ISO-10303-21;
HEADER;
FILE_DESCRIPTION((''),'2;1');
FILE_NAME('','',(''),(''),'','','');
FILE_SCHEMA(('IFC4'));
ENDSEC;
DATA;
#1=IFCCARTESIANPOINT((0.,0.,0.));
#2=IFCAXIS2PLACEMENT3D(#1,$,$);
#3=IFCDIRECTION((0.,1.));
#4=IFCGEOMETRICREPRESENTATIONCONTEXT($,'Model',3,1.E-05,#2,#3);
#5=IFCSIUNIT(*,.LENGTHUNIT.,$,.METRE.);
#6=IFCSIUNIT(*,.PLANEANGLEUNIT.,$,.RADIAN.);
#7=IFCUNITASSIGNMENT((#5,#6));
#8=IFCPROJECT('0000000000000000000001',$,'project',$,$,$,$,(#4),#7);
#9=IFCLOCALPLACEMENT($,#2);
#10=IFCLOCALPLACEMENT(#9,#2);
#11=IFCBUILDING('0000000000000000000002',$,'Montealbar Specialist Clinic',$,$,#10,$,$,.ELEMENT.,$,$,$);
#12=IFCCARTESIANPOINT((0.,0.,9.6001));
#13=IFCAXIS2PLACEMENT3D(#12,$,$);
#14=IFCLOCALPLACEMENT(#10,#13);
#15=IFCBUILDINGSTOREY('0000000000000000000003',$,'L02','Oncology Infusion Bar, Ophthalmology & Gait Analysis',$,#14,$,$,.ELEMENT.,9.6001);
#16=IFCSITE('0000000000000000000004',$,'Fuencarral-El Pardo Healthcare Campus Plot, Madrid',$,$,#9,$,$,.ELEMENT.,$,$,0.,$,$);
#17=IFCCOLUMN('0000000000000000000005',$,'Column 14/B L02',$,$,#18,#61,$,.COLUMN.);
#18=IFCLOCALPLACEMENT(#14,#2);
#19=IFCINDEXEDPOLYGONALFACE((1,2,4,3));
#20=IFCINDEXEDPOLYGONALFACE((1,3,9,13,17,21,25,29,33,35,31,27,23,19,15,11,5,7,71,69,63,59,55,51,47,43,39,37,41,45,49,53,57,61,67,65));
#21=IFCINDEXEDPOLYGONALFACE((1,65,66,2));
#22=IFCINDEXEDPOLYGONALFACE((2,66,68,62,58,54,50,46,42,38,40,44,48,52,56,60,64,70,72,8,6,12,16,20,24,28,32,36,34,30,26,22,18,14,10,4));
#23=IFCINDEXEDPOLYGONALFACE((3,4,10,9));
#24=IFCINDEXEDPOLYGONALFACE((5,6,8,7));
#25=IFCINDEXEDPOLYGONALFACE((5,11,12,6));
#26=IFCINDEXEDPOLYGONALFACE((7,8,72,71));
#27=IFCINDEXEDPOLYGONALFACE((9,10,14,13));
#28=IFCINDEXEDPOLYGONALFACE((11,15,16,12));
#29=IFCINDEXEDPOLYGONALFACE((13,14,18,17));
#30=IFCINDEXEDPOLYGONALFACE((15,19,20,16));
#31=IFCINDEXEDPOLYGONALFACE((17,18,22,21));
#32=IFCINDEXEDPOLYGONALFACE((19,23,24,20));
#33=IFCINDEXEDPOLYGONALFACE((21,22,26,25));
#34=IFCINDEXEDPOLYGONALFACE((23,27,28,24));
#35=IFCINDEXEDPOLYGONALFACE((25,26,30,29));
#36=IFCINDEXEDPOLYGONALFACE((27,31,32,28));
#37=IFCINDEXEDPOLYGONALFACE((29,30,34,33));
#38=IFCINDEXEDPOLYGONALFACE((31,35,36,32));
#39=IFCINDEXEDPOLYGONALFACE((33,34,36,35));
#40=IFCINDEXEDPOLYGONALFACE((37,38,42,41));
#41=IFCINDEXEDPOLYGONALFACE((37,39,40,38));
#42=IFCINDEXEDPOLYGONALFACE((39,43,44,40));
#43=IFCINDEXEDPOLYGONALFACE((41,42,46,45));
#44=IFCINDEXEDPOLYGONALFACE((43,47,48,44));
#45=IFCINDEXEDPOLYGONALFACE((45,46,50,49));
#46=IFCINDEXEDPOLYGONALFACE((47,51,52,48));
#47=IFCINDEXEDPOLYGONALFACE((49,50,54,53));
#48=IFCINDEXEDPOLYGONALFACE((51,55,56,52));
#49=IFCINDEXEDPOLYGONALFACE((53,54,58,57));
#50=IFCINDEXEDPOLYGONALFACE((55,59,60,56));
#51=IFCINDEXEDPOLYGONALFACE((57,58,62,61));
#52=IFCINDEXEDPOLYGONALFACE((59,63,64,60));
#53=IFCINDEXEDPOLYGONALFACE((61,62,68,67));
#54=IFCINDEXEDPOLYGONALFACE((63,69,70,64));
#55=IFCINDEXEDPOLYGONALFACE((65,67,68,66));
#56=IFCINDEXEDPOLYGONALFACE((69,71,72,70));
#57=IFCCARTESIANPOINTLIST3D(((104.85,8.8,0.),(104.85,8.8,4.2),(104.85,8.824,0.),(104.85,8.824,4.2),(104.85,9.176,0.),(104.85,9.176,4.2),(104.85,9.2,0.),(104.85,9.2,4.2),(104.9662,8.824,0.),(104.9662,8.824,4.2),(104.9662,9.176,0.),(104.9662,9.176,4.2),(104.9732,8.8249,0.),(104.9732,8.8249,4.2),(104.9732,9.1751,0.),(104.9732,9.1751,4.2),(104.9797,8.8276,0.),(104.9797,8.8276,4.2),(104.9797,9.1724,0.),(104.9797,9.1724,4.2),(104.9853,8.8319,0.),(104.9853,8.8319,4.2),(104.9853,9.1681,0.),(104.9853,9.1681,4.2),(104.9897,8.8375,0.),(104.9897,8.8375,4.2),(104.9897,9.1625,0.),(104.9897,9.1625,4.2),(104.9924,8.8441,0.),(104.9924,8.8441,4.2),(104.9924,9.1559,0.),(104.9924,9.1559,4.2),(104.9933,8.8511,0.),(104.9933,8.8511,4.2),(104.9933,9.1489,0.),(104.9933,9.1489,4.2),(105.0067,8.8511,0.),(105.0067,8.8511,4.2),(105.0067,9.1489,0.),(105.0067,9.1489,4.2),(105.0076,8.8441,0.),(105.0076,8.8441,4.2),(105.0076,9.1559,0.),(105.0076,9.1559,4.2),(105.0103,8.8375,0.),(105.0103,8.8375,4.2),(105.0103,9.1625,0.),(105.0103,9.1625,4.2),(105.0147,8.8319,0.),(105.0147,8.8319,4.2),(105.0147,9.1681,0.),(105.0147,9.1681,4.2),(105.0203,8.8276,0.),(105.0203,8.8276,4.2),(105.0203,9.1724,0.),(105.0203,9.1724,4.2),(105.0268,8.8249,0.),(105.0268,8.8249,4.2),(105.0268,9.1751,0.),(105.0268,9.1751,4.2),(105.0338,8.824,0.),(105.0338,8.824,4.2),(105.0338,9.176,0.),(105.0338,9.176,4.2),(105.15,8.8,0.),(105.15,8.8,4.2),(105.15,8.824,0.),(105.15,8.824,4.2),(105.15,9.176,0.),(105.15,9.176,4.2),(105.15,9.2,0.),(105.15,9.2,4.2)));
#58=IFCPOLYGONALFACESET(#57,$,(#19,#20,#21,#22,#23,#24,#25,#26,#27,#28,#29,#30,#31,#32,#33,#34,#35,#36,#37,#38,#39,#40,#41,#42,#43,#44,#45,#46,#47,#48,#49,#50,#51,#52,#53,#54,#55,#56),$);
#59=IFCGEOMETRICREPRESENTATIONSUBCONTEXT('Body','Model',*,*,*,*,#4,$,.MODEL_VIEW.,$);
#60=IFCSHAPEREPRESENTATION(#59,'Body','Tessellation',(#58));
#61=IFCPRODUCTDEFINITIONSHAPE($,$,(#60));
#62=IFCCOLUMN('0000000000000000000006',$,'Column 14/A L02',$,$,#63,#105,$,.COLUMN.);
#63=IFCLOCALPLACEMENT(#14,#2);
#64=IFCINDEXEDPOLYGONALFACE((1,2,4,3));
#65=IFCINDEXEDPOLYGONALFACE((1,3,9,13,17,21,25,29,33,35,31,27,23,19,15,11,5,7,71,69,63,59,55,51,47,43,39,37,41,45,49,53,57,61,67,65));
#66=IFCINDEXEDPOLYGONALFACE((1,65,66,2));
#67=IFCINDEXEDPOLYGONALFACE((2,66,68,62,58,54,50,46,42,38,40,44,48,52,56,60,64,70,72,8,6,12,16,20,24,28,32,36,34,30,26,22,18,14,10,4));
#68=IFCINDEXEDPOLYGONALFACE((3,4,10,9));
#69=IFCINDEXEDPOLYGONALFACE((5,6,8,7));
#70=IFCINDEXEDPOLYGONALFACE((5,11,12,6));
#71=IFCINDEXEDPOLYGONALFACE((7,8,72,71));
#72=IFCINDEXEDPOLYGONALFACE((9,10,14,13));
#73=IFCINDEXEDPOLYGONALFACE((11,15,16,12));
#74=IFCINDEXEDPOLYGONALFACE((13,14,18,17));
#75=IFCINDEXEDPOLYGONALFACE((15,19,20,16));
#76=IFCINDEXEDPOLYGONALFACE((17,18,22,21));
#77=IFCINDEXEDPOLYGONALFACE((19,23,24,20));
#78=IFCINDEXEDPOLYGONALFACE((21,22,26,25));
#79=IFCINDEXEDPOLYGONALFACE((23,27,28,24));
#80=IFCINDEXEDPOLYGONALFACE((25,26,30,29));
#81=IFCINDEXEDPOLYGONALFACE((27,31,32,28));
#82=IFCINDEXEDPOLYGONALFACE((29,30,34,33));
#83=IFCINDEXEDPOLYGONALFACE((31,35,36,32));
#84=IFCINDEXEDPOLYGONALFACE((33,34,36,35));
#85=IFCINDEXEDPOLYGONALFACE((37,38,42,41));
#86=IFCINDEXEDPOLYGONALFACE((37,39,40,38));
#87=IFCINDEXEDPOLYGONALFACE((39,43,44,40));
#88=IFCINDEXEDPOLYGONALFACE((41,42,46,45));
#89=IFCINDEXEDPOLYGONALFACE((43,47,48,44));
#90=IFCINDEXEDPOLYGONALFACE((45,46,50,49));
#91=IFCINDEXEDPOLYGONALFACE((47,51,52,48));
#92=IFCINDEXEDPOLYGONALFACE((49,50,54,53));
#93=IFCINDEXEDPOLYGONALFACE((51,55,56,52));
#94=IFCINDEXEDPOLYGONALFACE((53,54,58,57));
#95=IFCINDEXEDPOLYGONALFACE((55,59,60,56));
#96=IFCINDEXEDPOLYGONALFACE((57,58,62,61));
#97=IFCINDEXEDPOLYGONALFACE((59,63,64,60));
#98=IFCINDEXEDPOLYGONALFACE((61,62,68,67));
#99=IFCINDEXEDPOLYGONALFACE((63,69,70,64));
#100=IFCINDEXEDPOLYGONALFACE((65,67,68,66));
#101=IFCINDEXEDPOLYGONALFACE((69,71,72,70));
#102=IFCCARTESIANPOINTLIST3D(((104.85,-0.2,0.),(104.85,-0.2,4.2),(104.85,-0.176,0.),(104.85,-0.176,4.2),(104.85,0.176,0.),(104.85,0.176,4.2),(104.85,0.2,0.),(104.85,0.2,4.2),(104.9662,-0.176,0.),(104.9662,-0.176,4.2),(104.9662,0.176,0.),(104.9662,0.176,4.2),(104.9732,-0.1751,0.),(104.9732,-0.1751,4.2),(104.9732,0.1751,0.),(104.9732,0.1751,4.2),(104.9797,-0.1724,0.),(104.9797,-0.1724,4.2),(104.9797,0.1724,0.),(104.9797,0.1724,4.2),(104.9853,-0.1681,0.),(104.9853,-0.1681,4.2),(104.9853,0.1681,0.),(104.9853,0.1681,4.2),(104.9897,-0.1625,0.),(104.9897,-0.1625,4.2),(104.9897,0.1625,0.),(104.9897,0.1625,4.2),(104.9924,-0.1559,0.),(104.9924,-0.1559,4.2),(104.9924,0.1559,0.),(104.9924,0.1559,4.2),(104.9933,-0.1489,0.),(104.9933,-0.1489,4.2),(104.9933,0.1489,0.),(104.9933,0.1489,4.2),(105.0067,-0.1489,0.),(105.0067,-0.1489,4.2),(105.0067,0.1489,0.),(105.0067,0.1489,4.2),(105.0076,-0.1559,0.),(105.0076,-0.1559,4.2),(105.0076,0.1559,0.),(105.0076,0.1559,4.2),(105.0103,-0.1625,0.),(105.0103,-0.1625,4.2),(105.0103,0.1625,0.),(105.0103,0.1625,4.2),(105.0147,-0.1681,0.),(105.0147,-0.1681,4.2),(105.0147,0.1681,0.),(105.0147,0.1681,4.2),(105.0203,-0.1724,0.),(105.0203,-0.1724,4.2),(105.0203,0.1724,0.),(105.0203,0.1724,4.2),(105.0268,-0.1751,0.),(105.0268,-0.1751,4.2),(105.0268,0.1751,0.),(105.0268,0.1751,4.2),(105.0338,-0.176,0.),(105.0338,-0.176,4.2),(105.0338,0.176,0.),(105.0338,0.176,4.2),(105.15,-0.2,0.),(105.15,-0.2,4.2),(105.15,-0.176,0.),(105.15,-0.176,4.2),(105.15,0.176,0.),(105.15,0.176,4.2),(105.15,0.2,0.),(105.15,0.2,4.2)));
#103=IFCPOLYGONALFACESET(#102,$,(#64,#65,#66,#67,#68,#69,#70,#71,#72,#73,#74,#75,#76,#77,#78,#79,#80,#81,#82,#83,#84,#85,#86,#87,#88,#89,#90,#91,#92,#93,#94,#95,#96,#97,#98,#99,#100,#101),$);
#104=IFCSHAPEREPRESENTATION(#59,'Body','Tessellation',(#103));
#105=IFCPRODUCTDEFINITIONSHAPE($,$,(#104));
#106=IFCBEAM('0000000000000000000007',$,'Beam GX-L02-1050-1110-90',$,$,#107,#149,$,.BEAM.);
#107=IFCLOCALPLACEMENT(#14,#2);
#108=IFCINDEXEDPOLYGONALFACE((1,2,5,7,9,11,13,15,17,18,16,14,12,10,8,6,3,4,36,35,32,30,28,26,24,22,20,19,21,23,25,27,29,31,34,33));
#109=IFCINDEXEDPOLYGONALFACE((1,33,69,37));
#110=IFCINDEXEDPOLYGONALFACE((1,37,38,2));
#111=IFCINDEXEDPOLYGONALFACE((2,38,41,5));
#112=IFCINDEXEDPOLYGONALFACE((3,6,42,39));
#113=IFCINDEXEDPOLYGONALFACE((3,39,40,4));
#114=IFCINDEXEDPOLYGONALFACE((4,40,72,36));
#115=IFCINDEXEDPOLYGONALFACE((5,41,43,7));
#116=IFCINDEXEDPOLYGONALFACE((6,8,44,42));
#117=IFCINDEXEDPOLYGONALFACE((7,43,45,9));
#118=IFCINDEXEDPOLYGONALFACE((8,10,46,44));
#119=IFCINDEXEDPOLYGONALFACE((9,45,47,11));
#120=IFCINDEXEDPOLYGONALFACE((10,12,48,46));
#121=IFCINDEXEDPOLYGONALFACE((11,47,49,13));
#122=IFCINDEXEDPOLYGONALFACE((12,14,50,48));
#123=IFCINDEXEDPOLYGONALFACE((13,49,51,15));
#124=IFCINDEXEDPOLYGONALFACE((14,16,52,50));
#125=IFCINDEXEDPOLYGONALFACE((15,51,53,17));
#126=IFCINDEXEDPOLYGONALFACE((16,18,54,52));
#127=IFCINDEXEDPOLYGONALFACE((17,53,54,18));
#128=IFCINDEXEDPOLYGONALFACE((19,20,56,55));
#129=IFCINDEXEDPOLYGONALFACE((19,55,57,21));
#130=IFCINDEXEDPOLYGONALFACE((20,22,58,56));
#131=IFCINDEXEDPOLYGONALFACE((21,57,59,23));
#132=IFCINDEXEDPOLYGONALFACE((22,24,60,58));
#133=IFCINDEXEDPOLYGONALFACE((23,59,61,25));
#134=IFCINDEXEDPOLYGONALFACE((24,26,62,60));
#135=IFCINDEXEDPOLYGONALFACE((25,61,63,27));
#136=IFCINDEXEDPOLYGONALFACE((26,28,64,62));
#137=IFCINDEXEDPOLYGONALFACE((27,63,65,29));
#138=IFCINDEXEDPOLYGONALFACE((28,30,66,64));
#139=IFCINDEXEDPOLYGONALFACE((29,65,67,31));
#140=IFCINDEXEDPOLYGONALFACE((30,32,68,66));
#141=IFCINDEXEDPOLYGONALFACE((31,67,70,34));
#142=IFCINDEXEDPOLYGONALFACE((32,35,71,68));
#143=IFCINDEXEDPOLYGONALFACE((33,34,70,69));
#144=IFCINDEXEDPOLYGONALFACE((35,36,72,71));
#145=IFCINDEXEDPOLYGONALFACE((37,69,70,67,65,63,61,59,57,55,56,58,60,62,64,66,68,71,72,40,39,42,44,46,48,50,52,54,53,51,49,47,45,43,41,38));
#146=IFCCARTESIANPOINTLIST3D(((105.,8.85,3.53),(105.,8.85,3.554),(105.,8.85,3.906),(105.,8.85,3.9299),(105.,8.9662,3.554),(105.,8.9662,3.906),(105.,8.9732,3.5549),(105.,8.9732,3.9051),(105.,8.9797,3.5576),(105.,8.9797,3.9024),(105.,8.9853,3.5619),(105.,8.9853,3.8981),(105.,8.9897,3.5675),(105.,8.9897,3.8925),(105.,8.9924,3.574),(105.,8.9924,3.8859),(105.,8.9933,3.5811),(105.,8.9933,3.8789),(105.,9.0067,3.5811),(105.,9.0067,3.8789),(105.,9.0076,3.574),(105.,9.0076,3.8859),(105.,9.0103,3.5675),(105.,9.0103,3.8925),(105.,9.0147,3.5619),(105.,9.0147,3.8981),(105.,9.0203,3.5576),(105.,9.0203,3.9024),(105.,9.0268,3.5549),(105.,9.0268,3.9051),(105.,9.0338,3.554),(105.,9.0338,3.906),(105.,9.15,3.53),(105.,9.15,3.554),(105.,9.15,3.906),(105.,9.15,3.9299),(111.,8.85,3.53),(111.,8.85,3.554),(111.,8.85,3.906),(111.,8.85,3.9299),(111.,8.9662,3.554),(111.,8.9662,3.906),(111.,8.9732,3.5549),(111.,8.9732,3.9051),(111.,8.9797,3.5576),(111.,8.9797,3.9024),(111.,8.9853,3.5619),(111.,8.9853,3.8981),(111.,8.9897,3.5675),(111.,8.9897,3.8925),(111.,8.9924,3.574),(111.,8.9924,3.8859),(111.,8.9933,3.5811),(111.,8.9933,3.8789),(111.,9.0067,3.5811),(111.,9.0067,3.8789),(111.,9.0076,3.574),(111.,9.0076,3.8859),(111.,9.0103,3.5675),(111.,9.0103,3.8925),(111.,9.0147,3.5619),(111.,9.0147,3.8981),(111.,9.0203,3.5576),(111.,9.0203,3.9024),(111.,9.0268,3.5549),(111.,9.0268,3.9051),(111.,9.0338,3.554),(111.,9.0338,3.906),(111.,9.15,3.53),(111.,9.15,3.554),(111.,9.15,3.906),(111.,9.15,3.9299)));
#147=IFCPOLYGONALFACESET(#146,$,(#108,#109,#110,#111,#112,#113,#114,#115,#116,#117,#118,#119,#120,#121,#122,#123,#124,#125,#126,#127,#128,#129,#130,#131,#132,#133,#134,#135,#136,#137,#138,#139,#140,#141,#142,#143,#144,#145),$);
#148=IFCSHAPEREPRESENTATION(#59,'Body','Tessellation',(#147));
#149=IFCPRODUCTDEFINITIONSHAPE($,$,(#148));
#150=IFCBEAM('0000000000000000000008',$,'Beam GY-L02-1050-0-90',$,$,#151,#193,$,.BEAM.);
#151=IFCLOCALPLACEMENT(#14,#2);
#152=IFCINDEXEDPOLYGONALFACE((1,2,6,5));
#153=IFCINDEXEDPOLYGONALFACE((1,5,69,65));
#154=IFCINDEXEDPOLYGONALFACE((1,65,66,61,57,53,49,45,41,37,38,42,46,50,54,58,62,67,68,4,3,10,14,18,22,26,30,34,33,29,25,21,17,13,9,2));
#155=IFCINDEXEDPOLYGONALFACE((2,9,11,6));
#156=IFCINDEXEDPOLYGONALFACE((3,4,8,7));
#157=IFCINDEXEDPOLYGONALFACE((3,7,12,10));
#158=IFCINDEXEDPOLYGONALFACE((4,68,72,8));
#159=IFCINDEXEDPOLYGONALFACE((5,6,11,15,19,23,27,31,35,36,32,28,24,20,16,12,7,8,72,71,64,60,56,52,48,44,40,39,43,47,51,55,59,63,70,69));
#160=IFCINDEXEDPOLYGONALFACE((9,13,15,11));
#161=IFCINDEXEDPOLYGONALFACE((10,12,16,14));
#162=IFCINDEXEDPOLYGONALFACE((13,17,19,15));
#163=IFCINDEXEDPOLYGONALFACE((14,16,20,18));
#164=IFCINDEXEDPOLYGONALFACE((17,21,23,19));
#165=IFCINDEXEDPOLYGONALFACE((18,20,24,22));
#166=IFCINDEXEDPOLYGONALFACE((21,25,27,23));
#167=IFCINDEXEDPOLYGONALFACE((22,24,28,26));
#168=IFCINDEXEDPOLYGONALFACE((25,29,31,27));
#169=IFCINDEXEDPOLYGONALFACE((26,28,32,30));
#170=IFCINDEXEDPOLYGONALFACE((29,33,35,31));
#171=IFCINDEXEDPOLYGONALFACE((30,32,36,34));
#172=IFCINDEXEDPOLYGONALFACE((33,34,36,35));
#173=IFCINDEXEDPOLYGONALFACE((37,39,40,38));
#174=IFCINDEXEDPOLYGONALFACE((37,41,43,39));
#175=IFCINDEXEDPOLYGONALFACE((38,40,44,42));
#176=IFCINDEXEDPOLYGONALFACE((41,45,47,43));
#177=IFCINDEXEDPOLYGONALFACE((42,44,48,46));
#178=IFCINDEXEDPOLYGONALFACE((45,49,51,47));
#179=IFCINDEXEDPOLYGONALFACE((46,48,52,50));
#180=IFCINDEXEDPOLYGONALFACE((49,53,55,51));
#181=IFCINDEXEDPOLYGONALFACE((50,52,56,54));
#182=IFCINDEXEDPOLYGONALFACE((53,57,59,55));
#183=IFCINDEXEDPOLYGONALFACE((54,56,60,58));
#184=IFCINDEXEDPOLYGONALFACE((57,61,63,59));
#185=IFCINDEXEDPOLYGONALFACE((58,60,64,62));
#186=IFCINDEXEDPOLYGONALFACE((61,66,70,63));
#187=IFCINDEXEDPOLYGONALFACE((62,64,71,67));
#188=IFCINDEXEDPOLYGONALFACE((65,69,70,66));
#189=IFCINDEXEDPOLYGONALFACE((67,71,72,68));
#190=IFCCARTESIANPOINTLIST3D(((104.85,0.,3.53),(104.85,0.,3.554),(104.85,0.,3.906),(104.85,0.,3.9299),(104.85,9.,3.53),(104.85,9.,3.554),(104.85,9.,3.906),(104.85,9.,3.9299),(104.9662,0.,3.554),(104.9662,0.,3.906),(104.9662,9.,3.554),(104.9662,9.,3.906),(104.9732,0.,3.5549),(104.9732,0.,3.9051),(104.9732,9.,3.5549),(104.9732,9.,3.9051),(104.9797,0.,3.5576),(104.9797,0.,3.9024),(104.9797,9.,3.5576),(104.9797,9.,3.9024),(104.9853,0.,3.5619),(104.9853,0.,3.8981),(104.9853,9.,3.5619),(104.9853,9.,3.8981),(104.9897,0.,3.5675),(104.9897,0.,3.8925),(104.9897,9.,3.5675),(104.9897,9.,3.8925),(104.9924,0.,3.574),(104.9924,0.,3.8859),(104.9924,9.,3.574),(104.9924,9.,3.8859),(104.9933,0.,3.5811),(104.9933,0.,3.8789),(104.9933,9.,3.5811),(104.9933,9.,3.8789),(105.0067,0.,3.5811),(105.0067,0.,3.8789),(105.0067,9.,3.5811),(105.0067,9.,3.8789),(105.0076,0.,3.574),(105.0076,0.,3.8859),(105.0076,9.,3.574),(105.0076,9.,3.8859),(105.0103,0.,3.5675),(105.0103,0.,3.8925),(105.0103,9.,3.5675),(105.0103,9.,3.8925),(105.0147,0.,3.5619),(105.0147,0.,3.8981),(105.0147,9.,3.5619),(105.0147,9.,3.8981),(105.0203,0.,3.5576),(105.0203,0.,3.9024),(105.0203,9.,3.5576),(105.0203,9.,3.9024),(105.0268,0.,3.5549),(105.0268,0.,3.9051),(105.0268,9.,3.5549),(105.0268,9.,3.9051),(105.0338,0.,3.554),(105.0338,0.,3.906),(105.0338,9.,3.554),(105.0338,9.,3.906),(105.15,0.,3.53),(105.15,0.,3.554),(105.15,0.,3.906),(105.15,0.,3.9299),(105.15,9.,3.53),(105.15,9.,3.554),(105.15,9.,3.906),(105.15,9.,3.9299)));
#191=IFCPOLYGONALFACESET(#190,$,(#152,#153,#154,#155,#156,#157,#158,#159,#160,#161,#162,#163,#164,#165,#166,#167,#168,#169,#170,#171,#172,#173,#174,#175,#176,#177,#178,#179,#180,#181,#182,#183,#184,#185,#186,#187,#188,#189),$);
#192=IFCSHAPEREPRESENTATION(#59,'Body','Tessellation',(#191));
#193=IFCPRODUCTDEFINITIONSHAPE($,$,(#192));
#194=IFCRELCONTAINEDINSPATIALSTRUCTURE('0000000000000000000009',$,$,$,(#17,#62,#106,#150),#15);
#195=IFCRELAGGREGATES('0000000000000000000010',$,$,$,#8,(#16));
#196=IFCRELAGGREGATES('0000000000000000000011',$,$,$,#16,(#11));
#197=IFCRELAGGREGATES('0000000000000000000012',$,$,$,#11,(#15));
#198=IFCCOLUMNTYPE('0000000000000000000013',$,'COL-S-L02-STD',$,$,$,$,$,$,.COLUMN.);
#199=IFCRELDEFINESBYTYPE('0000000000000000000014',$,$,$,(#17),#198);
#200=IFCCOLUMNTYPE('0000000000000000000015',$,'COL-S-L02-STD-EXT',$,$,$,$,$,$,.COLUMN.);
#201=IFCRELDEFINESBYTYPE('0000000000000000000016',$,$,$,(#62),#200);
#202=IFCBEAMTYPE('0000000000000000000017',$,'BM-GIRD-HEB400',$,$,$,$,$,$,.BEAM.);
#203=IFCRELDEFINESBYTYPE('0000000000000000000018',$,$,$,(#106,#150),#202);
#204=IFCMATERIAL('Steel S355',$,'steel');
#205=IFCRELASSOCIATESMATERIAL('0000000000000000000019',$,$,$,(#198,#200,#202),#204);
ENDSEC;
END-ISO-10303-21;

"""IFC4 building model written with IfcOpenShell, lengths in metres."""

from ifc_helpers import new_model, si_unit, direction, frame, origin, origin_2d, place, context, subcontext, project, spatial, i_section, extrude, material, material_profile, profile_set, type_object, element, save


model = new_model("IFC4")

# Units and contexts
model_context = context("Model", 3, precision=1e-05, world=origin(), true_north=direction((0.0, 1.0)))
body_context = subcontext(model_context, "Body", "Model", "MODEL_VIEW")
ifc_project = project(units=[si_unit("LENGTHUNIT", "METRE"), si_unit("PLANEANGLEUNIT", "RADIAN")], contexts=[model_context])

# Site, building, storey
site_placement = place(None, origin())
site = spatial("IfcSite", under=ifc_project, at=site_placement, Name="Fuencarral-El Pardo Healthcare Campus Plot, Madrid", CompositionType="ELEMENT", RefElevation=0.0)
building_placement = place(site_placement, origin())
building = spatial("IfcBuilding", under=site, at=building_placement, Name="Montealbar Specialist Clinic", CompositionType="ELEMENT")
storey_placement = place(building_placement, frame((0.0, 0.0, 9.6001)))
storey = spatial("IfcBuildingStorey", under=building, at=storey_placement, Name="L02", Description="Oncology Infusion Bar, Ophthalmology & Gait Analysis", CompositionType="ELEMENT", Elevation=9.6001)

# Columns
ifc_material_1 = material(Name="Steel S355", Category="steel")
ifc_material_profile_1 = material_profile(ifc_material_1, i_section(OverallWidth=0.3, OverallDepth=0.3999, WebThickness=0.0134, FlangeThickness=0.0239, FilletRadius=0.0271, at=origin_2d()), Name="HEB 400", Category="steel")
ifc_profile_set_1 = profile_set([ifc_material_profile_1], Name="Steel S355")
column_type_1 = type_object("IfcColumnType", Name="COL-S-L02-STD", PredefinedType="COLUMN", material=ifc_profile_set_1)
column_1_placement = place(storey_placement, frame((105.0, 9.0, 0.0), z_axis=(0.0, 0.0, 1.0), x_axis=(1.0, 0.0, 0.0)))
element("IfcColumn", 1, at=column_1_placement, inside=storey, type_object=column_type_1, Name="Column 14/B L02", PredefinedType="COLUMN", context=body_context, shape_type="SweptSolid", body=[
    extrude(i_section(OverallWidth=0.3, OverallDepth=0.3999, WebThickness=0.0134, FlangeThickness=0.0239, FilletRadius=0.0271, at=origin_2d()), origin(), (0.0, 0.0, 1.0), 4.2),
])
ifc_material_profile_2 = material_profile(ifc_material_1, i_section(OverallWidth=0.3, OverallDepth=0.3999, WebThickness=0.0134, FlangeThickness=0.0239, FilletRadius=0.0271, at=origin_2d()), Name="HEB 400", Category="steel")
ifc_profile_set_2 = profile_set([ifc_material_profile_2], Name="Steel S355")
column_type_2 = type_object("IfcColumnType", Name="COL-S-L02-STD-EXT", PredefinedType="COLUMN", material=ifc_profile_set_2)
column_2_placement = place(storey_placement, frame((105.0, 0.0, 0.0), z_axis=(0.0, 0.0, 1.0), x_axis=(1.0, 0.0, 0.0)))
element("IfcColumn", 2, at=column_2_placement, inside=storey, type_object=column_type_2, Name="Column 14/A L02", PredefinedType="COLUMN", context=body_context, shape_type="SweptSolid", body=[
    extrude(i_section(OverallWidth=0.3, OverallDepth=0.3999, WebThickness=0.0134, FlangeThickness=0.0239, FilletRadius=0.0271, at=origin_2d()), origin(), (0.0, 0.0, 1.0), 4.2),
])

# Beams
ifc_material_profile_3 = material_profile(ifc_material_1, i_section(OverallWidth=0.3, OverallDepth=0.3999, WebThickness=0.0134, FlangeThickness=0.0239, FilletRadius=0.0271, at=origin_2d()), Name="HEB 400", Category="steel")
ifc_profile_set_3 = profile_set([ifc_material_profile_3], Name="Steel S355")
beam_type_1 = type_object("IfcBeamType", Name="BM-GIRD-HEB400", PredefinedType="BEAM", material=ifc_profile_set_3)
beam_1_placement = place(storey_placement, frame((105.0, 9.0, 3.73), z_axis=(1.0, 0.0, 0.0), x_axis=(0.0, 1.0, 0.0)))
element("IfcBeam", 3, at=beam_1_placement, inside=storey, type_object=beam_type_1, Name="Beam GX-L02-1050-1110-90", PredefinedType="BEAM", context=body_context, shape_type="SweptSolid", body=[
    extrude(i_section(OverallWidth=0.3, OverallDepth=0.3999, WebThickness=0.0134, FlangeThickness=0.0239, FilletRadius=0.0271, at=origin_2d()), origin(), (0.0, 0.0, 1.0), 6.0),
])
beam_2_placement = place(storey_placement, frame((105.0, 0.0, 3.73), z_axis=(0.0, 1.0, 0.0), x_axis=(-1.0, 0.0, 0.0)))
element("IfcBeam", 4, at=beam_2_placement, inside=storey, type_object=beam_type_1, Name="Beam GY-L02-1050-0-90", PredefinedType="BEAM", context=body_context, shape_type="SweptSolid", body=[
    extrude(i_section(OverallWidth=0.3, OverallDepth=0.3999, WebThickness=0.0134, FlangeThickness=0.0239, FilletRadius=0.0271, at=origin_2d()), origin(), (0.0, 0.0, 1.0), 9.0),
])

save(model, "model.ifc")
